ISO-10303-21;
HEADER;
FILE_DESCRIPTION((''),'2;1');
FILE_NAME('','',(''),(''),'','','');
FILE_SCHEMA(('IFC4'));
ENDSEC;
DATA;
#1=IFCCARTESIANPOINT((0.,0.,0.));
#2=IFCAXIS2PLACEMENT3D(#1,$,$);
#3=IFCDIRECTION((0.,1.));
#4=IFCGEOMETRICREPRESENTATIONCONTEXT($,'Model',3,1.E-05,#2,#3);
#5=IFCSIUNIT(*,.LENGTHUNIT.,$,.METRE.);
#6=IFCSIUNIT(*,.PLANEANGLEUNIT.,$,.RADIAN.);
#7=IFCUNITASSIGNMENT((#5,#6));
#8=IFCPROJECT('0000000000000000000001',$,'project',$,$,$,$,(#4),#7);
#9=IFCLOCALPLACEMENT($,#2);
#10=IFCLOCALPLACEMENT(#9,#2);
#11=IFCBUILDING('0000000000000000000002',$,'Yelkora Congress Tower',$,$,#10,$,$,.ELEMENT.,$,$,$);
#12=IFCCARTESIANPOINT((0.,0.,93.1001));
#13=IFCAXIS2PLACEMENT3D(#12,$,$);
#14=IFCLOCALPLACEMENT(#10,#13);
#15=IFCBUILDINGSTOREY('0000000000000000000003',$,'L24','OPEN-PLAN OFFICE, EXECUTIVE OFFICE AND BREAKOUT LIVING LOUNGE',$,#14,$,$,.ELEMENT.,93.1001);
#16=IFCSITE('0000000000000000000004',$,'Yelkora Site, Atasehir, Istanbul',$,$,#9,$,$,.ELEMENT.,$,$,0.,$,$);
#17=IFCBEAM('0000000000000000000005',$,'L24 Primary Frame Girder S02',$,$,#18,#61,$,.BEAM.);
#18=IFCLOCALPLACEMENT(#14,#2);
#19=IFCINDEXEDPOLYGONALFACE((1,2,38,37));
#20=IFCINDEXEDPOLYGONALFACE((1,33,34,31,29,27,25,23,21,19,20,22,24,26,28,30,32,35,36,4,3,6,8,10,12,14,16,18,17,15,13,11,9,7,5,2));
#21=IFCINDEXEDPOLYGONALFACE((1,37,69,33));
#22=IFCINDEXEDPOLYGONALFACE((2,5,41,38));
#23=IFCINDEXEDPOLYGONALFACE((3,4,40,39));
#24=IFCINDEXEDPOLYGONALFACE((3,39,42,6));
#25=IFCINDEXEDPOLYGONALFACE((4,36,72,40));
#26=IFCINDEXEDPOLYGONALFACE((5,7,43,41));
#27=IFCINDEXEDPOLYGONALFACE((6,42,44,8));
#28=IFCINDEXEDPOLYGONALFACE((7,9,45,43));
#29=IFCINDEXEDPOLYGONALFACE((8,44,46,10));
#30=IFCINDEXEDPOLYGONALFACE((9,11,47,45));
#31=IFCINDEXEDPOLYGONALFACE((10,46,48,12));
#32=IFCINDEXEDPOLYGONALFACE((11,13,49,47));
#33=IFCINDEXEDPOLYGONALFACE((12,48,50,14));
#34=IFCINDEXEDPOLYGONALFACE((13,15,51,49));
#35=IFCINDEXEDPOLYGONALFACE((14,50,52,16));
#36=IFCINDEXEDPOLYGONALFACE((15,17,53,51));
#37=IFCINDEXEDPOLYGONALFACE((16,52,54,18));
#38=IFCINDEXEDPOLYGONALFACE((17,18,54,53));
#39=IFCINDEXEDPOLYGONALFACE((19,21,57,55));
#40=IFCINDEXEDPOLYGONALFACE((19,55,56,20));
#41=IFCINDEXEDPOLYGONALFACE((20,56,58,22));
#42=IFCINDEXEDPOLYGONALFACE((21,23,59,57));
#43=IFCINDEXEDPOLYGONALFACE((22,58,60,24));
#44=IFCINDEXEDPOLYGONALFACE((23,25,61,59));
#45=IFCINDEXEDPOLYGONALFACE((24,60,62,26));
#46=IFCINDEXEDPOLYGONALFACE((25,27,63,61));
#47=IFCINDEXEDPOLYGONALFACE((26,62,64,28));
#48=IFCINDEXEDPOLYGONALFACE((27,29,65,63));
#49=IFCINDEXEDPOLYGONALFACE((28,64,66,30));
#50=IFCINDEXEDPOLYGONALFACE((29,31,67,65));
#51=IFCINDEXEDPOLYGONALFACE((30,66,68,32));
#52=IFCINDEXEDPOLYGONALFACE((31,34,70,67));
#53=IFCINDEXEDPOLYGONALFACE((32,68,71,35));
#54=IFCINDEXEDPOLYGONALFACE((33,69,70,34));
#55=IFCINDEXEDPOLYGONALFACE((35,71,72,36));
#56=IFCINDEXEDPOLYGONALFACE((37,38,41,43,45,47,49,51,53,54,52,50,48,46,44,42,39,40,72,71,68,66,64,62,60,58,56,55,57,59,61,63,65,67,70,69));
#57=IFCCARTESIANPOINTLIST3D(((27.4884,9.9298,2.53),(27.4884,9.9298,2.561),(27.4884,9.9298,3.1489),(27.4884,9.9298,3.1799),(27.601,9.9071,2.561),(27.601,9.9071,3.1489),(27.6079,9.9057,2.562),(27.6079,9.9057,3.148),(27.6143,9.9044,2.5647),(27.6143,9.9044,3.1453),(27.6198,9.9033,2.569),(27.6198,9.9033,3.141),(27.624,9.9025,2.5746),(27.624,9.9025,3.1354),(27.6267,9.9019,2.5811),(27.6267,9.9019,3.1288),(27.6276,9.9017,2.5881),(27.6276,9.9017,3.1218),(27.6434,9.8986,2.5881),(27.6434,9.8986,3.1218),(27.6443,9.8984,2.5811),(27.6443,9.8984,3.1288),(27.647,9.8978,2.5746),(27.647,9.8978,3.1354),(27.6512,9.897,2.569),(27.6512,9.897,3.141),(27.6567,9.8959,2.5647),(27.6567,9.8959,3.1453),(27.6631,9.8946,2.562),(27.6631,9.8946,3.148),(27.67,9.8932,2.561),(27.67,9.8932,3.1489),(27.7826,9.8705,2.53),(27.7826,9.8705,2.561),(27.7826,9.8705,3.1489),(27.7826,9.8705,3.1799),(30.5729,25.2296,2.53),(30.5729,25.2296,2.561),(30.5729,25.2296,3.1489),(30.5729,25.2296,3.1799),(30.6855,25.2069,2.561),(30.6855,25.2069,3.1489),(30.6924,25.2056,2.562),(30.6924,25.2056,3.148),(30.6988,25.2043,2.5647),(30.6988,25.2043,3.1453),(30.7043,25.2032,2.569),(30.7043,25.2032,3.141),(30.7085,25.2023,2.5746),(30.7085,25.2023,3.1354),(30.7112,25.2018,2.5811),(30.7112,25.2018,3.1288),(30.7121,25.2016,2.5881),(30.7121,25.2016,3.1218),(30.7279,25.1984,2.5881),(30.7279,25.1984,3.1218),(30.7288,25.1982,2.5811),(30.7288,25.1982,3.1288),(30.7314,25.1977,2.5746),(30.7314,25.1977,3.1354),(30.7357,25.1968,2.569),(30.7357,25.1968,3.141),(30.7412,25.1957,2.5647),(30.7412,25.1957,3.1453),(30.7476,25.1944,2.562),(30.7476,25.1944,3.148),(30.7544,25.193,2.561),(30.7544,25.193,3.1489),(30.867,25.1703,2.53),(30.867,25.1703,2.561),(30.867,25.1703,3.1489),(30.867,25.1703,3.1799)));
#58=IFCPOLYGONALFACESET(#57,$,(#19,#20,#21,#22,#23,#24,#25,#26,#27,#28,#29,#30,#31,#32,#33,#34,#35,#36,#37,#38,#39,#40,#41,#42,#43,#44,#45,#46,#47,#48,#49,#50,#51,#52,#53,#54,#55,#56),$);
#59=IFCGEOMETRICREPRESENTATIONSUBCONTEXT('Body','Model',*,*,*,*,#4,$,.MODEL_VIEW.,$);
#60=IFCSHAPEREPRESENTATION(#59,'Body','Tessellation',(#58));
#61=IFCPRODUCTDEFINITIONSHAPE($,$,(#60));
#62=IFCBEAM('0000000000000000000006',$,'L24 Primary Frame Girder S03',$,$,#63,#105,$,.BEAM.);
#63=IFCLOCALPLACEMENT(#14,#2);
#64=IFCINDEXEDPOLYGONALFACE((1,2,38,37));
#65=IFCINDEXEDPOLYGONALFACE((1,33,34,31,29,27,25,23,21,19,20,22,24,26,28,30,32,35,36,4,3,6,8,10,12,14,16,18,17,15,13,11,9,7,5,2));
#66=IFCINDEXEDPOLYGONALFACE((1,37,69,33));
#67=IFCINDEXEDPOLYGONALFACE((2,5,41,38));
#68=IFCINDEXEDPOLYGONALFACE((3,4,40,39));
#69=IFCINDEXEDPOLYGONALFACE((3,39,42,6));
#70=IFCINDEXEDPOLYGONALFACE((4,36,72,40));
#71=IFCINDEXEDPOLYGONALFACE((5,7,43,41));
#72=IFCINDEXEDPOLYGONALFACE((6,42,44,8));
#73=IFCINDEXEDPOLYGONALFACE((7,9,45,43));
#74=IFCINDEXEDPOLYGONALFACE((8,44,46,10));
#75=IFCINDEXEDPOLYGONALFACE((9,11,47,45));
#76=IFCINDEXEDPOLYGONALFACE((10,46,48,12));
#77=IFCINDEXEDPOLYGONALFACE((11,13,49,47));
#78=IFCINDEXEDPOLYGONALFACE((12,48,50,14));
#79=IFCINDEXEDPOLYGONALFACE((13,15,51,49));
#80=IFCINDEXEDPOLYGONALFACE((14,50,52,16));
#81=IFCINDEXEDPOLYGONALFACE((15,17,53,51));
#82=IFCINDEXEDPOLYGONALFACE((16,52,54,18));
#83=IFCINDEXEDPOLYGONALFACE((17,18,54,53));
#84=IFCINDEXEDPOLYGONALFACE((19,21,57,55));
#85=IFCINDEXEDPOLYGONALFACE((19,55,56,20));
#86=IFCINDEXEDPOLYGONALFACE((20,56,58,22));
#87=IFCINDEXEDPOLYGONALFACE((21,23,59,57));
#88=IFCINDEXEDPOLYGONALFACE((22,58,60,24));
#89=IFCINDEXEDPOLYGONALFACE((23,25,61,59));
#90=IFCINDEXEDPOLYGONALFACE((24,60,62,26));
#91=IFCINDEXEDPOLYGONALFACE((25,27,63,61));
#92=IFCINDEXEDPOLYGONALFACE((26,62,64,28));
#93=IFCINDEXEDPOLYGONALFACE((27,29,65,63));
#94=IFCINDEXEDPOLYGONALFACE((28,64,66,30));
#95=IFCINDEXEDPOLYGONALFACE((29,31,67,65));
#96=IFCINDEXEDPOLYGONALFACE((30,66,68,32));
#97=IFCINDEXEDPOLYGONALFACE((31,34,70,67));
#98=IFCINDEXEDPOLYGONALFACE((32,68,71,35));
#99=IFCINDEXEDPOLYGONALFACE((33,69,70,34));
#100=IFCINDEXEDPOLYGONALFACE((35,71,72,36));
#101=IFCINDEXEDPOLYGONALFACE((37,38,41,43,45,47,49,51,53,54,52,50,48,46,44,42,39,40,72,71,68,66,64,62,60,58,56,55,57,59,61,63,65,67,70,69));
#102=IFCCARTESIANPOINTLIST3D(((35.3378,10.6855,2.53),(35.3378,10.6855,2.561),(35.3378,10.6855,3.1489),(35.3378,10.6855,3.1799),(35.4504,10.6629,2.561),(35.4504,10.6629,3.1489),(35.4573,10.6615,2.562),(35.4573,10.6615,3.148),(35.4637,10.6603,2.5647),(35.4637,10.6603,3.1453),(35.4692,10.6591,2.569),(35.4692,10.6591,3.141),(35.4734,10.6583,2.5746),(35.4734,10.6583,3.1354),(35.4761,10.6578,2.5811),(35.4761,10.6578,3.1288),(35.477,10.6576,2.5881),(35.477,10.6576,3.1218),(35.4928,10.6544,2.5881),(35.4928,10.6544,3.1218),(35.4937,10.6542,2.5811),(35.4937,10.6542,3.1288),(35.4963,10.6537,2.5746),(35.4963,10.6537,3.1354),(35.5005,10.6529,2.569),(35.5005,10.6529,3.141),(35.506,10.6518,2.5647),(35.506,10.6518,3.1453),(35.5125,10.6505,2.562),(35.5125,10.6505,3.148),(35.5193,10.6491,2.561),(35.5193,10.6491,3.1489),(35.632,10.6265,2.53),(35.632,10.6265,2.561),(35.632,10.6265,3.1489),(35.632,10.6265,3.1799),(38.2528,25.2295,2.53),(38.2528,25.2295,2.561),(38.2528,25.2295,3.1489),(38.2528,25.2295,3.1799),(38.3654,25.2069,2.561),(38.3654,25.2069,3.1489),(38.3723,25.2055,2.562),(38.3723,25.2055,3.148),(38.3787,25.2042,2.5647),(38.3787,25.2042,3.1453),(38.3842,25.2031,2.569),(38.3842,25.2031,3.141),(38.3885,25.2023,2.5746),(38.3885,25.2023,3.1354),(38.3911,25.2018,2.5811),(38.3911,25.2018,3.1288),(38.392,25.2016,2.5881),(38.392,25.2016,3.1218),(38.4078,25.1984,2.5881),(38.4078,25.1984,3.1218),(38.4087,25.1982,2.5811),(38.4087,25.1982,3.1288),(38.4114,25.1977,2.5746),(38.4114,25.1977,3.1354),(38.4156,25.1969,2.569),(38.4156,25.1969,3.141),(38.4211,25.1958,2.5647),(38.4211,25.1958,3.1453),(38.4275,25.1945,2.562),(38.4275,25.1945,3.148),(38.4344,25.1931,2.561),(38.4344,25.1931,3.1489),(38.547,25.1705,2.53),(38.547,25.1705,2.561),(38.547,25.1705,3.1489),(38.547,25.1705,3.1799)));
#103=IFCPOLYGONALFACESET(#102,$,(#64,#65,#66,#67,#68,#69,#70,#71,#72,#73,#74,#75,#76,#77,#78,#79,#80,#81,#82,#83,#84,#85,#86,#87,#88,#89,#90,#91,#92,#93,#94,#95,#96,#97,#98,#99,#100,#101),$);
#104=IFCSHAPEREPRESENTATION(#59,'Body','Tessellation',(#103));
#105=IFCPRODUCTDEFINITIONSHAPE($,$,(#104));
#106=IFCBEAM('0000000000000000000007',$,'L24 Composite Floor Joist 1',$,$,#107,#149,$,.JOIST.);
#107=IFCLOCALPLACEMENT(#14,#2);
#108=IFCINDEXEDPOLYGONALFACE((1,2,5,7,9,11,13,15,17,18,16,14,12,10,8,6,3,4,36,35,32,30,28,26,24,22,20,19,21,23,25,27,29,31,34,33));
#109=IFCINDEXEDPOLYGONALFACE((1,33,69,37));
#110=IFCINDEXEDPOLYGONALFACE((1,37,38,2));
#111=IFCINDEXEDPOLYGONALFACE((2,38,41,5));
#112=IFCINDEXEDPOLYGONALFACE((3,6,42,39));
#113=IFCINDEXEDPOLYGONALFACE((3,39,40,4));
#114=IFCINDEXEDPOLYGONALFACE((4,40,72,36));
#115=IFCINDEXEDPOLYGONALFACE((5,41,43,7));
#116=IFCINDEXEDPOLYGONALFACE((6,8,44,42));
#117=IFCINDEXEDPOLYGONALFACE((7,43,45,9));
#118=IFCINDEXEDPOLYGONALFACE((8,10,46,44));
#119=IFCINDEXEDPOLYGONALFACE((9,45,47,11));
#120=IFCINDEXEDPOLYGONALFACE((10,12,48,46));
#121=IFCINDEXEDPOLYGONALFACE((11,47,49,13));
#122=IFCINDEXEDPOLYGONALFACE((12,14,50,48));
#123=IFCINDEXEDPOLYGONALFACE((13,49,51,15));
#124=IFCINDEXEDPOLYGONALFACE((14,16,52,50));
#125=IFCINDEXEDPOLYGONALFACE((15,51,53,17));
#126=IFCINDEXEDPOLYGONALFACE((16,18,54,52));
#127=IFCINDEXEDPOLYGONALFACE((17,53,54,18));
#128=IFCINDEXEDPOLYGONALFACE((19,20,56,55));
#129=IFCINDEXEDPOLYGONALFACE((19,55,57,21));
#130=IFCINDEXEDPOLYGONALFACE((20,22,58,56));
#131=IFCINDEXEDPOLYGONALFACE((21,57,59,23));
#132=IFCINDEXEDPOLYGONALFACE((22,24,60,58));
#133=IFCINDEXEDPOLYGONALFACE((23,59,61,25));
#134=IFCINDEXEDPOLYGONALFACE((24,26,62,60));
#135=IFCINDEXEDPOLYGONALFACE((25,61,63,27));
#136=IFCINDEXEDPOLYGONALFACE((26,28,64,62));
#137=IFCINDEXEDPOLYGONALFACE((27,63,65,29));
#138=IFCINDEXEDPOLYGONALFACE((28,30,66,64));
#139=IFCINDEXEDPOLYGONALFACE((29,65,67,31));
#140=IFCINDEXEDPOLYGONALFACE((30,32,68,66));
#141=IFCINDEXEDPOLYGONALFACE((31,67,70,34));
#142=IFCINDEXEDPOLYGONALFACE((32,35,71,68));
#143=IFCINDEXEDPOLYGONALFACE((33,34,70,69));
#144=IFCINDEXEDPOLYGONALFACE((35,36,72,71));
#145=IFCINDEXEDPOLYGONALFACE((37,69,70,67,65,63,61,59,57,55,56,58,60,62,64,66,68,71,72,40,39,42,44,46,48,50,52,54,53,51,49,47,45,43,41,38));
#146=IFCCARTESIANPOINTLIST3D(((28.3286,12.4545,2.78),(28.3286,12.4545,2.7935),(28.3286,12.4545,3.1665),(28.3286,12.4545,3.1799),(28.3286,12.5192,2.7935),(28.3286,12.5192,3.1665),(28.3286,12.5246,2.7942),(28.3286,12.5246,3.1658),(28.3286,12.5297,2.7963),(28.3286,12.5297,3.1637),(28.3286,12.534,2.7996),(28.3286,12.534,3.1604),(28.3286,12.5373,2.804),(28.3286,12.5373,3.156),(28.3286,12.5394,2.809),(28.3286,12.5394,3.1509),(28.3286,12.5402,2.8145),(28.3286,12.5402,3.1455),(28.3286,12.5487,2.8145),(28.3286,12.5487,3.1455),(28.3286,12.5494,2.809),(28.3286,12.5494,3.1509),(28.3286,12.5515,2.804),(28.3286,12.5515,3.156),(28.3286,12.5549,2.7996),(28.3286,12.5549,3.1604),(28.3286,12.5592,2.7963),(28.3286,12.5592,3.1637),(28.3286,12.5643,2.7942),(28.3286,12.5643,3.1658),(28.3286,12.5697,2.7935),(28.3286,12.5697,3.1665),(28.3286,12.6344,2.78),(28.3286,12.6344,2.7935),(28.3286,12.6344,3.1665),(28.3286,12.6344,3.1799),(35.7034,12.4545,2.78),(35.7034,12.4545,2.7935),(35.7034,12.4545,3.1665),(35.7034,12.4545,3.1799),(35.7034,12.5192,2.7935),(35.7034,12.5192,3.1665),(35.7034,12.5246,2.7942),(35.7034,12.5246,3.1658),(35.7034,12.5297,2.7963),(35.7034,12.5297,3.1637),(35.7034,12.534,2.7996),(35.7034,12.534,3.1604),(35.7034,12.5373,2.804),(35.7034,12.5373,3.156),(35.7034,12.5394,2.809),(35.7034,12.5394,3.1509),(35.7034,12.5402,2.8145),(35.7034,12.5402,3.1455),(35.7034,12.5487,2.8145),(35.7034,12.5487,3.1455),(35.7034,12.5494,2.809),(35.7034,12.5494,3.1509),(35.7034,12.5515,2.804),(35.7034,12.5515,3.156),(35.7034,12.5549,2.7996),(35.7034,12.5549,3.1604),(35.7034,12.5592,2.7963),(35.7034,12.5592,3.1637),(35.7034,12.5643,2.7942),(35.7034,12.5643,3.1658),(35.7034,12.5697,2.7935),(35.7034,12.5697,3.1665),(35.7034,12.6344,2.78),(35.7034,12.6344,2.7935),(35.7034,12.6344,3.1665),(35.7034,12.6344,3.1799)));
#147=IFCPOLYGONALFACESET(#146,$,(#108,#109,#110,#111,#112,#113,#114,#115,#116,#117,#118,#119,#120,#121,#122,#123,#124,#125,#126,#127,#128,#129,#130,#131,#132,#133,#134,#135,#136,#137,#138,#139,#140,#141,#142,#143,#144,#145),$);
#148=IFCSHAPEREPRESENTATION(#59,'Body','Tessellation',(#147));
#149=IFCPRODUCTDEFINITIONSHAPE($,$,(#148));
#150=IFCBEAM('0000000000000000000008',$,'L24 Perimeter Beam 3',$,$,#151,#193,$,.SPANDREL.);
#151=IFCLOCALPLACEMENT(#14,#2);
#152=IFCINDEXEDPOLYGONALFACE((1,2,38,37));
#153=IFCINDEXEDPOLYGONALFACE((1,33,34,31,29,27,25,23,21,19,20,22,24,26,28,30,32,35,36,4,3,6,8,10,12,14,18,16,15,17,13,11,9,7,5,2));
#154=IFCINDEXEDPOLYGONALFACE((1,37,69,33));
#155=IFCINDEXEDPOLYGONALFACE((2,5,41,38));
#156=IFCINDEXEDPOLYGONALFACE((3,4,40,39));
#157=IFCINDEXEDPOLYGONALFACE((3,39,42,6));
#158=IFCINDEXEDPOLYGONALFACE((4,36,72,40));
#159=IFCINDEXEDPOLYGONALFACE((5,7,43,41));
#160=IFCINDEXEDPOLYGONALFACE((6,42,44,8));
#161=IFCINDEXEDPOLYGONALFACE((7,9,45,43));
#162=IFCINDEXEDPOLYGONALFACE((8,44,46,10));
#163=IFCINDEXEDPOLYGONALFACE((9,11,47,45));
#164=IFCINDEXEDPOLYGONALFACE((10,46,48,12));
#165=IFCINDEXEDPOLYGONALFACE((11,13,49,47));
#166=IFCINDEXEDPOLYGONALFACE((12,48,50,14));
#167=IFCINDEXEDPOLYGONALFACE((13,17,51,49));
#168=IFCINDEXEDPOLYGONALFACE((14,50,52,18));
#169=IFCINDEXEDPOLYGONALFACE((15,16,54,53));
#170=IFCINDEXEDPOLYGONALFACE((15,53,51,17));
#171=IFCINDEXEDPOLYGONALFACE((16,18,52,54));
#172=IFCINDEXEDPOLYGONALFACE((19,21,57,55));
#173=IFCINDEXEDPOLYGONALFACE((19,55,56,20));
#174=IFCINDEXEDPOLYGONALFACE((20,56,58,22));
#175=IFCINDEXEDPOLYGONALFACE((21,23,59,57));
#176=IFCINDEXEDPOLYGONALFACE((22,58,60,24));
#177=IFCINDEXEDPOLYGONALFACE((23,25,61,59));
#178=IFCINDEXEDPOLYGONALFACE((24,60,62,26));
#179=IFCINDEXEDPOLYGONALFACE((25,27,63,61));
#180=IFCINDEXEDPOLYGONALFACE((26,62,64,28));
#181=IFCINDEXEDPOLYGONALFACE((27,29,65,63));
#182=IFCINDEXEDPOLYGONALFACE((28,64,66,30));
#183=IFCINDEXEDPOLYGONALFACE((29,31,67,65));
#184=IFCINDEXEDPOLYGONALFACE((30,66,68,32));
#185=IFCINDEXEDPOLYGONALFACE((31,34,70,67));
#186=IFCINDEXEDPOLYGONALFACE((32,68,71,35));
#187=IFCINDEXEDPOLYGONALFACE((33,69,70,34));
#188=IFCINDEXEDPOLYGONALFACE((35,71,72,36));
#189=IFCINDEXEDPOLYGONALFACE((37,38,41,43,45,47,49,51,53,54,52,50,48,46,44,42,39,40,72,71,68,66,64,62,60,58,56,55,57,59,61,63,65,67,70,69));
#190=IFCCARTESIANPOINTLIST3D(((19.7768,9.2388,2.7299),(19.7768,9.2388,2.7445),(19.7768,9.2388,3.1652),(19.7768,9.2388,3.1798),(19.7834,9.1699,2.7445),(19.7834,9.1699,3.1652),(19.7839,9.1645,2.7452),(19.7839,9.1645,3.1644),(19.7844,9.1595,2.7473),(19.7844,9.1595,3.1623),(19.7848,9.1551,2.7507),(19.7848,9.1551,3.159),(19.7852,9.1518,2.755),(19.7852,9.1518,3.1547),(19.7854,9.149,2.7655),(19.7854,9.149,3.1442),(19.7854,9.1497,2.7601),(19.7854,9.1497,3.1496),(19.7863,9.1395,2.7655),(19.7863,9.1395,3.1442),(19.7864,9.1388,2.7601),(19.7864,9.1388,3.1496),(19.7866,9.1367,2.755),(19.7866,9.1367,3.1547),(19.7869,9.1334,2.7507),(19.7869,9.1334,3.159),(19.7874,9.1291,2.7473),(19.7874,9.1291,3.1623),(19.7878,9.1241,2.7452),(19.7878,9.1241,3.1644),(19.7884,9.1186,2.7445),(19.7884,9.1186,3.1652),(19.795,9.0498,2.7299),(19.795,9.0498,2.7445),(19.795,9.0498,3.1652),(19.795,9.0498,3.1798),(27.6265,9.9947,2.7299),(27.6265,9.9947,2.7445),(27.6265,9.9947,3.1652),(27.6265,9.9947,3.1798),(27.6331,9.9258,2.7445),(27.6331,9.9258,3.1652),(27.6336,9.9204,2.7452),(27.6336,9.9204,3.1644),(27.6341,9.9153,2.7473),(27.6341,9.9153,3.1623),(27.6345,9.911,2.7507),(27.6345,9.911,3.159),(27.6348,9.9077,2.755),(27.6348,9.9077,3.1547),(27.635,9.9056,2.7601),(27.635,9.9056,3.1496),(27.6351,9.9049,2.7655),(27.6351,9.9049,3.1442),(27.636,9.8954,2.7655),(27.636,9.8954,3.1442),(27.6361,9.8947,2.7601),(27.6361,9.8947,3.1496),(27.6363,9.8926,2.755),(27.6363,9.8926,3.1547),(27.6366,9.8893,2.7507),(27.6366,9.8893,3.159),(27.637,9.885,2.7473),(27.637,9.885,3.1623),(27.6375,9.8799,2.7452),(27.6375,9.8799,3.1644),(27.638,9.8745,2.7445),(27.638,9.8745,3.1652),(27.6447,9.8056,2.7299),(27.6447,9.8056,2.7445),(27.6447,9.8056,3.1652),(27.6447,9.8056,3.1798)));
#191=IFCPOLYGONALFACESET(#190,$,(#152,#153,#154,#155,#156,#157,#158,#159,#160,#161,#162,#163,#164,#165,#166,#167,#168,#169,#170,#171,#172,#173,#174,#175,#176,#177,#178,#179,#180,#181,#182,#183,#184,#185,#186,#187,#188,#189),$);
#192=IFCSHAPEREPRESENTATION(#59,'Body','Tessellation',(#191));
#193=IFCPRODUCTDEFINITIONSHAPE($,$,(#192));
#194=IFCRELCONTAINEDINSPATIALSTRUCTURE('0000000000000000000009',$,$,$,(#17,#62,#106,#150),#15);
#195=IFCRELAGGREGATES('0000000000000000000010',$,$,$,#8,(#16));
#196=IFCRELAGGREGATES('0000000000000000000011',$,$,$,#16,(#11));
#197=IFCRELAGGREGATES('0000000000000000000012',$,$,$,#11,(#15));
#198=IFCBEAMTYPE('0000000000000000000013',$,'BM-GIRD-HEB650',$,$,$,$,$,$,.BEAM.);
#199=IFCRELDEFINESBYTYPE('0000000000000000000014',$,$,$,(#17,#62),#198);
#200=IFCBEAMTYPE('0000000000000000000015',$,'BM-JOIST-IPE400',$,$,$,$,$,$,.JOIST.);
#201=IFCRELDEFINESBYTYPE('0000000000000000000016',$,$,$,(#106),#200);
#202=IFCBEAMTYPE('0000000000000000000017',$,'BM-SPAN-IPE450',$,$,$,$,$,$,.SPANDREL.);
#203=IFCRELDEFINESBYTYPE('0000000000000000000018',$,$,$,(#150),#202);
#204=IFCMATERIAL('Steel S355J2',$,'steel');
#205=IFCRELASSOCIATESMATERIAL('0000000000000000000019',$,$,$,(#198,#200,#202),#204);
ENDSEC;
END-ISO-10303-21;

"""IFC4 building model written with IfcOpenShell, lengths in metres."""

from ifc_helpers import new_model, si_unit, direction, frame, origin, origin_2d, place, context, subcontext, project, spatial, i_section, extrude, material, material_profile, profile_set, type_object, element, save


model = new_model("IFC4")

# Units and contexts
model_context = context("Model", 3, precision=1e-05, world=origin(), true_north=direction((0.0, 1.0)))
body_context = subcontext(model_context, "Body", "Model", "MODEL_VIEW")
ifc_project = project(units=[si_unit("LENGTHUNIT", "METRE"), si_unit("PLANEANGLEUNIT", "RADIAN")], contexts=[model_context])

# Site, building, storey
site_placement = place(None, origin())
site = spatial("IfcSite", under=ifc_project, at=site_placement, Name="Yelkora Site, Atasehir, Istanbul", CompositionType="ELEMENT", RefElevation=0.0)
building_placement = place(site_placement, origin())
building = spatial("IfcBuilding", under=site, at=building_placement, Name="Yelkora Congress Tower", CompositionType="ELEMENT")
storey_placement = place(building_placement, frame((0.0, 0.0, 93.1001)))
storey = spatial("IfcBuildingStorey", under=building, at=storey_placement, Name="L24", Description="OPEN-PLAN OFFICE, EXECUTIVE OFFICE AND BREAKOUT LIVING LOUNGE", CompositionType="ELEMENT", Elevation=93.1001)

# Beams
ifc_material_1 = material(Name="Steel S355J2", Category="steel")
ifc_material_profile_1 = material_profile(ifc_material_1, i_section(OverallWidth=0.3, OverallDepth=0.6499, WebThickness=0.0161, FlangeThickness=0.031, FilletRadius=0.0271, at=origin_2d()), Name="HEB 650")
ifc_profile_set_1 = profile_set([ifc_material_profile_1], Name="Steel S355J2")
beam_type_1 = type_object("IfcBeamType", Name="BM-GIRD-HEB650", PredefinedType="BEAM", material=ifc_profile_set_1)
beam_1_placement = place(storey_placement, frame((27.6355, 9.9001, 2.855), z_axis=(0.197626, 0.980277, 0.0), x_axis=(-0.980277, 0.197626, 0.0)))
element("IfcBeam", 1, at=beam_1_placement, inside=storey, type_object=beam_type_1, Name="L24 Primary Frame Girder S02", PredefinedType="BEAM", context=body_context, shape_type="SweptSolid", body=[
    extrude(i_section(OverallWidth=0.3, OverallDepth=0.6499, WebThickness=0.0161, FlangeThickness=0.031, FilletRadius=0.0271, at=origin_2d()), origin(), (0.0, 0.0, 1.0), 15.6077),
])
beam_2_placement = place(storey_placement, frame((35.4849, 10.656, 2.855), z_axis=(0.196521, 0.9805, 0.0), x_axis=(-0.9805, 0.196521, 0.0)))
element("IfcBeam", 2, at=beam_2_placement, inside=storey, type_object=beam_type_1, Name="L24 Primary Frame Girder S03", PredefinedType="BEAM", context=body_context, shape_type="SweptSolid", body=[
    extrude(i_section(OverallWidth=0.3, OverallDepth=0.6499, WebThickness=0.0161, FlangeThickness=0.031, FilletRadius=0.0271, at=origin_2d()), origin(), (0.0, 0.0, 1.0), 14.8333),
])
ifc_material_profile_2 = material_profile(ifc_material_1, i_section(OverallWidth=0.1799, OverallDepth=0.3999, WebThickness=0.0085, FlangeThickness=0.0134, FilletRadius=0.021, at=origin_2d()), Name="IPE 400")
ifc_profile_set_2 = profile_set([ifc_material_profile_2], Name="Steel S355J2")
beam_type_2 = type_object("IfcBeamType", Name="BM-JOIST-IPE400", PredefinedType="JOIST", material=ifc_profile_set_2)
beam_3_placement = place(storey_placement, frame((28.3286, 12.5444, 2.98), z_axis=(1.0, 0.0, 0.0), x_axis=(0.0, 1.0, 0.0)))
element("IfcBeam", 3, at=beam_3_placement, inside=storey, type_object=beam_type_2, Name="L24 Composite Floor Joist 1", PredefinedType="JOIST", context=body_context, shape_type="SweptSolid", body=[
    extrude(i_section(OverallWidth=0.1799, OverallDepth=0.3999, WebThickness=0.0085, FlangeThickness=0.0134, FilletRadius=0.021, at=origin_2d()), origin(), (0.0, 0.0, 1.0), 7.3748),
])
ifc_material_profile_3 = material_profile(ifc_material_1, i_section(OverallWidth=0.1899, OverallDepth=0.45, WebThickness=0.0095, FlangeThickness=0.0146, FilletRadius=0.021, at=origin_2d()), Name="IPE 450")
ifc_profile_set_3 = profile_set([ifc_material_profile_3], Name="Steel S355J2")
beam_type_3 = type_object("IfcBeamType", Name="BM-SPAN-IPE450", PredefinedType="SPANDREL", material=ifc_profile_set_3)
beam_4_placement = place(storey_placement, frame((19.7859, 9.1443, 2.9548), z_axis=(0.995396, 0.095849, 0.0), x_axis=(-0.095849, 0.995396, 0.0)))
element("IfcBeam", 4, at=beam_4_placement, inside=storey, type_object=beam_type_3, Name="L24 Perimeter Beam 3", PredefinedType="SPANDREL", context=body_context, shape_type="SweptSolid", body=[
    extrude(i_section(OverallWidth=0.1899, OverallDepth=0.45, WebThickness=0.0095, FlangeThickness=0.0146, FilletRadius=0.021, at=origin_2d()), origin(), (0.0, 0.0, 1.0), 7.886),
])

save(model, "model.ifc")
